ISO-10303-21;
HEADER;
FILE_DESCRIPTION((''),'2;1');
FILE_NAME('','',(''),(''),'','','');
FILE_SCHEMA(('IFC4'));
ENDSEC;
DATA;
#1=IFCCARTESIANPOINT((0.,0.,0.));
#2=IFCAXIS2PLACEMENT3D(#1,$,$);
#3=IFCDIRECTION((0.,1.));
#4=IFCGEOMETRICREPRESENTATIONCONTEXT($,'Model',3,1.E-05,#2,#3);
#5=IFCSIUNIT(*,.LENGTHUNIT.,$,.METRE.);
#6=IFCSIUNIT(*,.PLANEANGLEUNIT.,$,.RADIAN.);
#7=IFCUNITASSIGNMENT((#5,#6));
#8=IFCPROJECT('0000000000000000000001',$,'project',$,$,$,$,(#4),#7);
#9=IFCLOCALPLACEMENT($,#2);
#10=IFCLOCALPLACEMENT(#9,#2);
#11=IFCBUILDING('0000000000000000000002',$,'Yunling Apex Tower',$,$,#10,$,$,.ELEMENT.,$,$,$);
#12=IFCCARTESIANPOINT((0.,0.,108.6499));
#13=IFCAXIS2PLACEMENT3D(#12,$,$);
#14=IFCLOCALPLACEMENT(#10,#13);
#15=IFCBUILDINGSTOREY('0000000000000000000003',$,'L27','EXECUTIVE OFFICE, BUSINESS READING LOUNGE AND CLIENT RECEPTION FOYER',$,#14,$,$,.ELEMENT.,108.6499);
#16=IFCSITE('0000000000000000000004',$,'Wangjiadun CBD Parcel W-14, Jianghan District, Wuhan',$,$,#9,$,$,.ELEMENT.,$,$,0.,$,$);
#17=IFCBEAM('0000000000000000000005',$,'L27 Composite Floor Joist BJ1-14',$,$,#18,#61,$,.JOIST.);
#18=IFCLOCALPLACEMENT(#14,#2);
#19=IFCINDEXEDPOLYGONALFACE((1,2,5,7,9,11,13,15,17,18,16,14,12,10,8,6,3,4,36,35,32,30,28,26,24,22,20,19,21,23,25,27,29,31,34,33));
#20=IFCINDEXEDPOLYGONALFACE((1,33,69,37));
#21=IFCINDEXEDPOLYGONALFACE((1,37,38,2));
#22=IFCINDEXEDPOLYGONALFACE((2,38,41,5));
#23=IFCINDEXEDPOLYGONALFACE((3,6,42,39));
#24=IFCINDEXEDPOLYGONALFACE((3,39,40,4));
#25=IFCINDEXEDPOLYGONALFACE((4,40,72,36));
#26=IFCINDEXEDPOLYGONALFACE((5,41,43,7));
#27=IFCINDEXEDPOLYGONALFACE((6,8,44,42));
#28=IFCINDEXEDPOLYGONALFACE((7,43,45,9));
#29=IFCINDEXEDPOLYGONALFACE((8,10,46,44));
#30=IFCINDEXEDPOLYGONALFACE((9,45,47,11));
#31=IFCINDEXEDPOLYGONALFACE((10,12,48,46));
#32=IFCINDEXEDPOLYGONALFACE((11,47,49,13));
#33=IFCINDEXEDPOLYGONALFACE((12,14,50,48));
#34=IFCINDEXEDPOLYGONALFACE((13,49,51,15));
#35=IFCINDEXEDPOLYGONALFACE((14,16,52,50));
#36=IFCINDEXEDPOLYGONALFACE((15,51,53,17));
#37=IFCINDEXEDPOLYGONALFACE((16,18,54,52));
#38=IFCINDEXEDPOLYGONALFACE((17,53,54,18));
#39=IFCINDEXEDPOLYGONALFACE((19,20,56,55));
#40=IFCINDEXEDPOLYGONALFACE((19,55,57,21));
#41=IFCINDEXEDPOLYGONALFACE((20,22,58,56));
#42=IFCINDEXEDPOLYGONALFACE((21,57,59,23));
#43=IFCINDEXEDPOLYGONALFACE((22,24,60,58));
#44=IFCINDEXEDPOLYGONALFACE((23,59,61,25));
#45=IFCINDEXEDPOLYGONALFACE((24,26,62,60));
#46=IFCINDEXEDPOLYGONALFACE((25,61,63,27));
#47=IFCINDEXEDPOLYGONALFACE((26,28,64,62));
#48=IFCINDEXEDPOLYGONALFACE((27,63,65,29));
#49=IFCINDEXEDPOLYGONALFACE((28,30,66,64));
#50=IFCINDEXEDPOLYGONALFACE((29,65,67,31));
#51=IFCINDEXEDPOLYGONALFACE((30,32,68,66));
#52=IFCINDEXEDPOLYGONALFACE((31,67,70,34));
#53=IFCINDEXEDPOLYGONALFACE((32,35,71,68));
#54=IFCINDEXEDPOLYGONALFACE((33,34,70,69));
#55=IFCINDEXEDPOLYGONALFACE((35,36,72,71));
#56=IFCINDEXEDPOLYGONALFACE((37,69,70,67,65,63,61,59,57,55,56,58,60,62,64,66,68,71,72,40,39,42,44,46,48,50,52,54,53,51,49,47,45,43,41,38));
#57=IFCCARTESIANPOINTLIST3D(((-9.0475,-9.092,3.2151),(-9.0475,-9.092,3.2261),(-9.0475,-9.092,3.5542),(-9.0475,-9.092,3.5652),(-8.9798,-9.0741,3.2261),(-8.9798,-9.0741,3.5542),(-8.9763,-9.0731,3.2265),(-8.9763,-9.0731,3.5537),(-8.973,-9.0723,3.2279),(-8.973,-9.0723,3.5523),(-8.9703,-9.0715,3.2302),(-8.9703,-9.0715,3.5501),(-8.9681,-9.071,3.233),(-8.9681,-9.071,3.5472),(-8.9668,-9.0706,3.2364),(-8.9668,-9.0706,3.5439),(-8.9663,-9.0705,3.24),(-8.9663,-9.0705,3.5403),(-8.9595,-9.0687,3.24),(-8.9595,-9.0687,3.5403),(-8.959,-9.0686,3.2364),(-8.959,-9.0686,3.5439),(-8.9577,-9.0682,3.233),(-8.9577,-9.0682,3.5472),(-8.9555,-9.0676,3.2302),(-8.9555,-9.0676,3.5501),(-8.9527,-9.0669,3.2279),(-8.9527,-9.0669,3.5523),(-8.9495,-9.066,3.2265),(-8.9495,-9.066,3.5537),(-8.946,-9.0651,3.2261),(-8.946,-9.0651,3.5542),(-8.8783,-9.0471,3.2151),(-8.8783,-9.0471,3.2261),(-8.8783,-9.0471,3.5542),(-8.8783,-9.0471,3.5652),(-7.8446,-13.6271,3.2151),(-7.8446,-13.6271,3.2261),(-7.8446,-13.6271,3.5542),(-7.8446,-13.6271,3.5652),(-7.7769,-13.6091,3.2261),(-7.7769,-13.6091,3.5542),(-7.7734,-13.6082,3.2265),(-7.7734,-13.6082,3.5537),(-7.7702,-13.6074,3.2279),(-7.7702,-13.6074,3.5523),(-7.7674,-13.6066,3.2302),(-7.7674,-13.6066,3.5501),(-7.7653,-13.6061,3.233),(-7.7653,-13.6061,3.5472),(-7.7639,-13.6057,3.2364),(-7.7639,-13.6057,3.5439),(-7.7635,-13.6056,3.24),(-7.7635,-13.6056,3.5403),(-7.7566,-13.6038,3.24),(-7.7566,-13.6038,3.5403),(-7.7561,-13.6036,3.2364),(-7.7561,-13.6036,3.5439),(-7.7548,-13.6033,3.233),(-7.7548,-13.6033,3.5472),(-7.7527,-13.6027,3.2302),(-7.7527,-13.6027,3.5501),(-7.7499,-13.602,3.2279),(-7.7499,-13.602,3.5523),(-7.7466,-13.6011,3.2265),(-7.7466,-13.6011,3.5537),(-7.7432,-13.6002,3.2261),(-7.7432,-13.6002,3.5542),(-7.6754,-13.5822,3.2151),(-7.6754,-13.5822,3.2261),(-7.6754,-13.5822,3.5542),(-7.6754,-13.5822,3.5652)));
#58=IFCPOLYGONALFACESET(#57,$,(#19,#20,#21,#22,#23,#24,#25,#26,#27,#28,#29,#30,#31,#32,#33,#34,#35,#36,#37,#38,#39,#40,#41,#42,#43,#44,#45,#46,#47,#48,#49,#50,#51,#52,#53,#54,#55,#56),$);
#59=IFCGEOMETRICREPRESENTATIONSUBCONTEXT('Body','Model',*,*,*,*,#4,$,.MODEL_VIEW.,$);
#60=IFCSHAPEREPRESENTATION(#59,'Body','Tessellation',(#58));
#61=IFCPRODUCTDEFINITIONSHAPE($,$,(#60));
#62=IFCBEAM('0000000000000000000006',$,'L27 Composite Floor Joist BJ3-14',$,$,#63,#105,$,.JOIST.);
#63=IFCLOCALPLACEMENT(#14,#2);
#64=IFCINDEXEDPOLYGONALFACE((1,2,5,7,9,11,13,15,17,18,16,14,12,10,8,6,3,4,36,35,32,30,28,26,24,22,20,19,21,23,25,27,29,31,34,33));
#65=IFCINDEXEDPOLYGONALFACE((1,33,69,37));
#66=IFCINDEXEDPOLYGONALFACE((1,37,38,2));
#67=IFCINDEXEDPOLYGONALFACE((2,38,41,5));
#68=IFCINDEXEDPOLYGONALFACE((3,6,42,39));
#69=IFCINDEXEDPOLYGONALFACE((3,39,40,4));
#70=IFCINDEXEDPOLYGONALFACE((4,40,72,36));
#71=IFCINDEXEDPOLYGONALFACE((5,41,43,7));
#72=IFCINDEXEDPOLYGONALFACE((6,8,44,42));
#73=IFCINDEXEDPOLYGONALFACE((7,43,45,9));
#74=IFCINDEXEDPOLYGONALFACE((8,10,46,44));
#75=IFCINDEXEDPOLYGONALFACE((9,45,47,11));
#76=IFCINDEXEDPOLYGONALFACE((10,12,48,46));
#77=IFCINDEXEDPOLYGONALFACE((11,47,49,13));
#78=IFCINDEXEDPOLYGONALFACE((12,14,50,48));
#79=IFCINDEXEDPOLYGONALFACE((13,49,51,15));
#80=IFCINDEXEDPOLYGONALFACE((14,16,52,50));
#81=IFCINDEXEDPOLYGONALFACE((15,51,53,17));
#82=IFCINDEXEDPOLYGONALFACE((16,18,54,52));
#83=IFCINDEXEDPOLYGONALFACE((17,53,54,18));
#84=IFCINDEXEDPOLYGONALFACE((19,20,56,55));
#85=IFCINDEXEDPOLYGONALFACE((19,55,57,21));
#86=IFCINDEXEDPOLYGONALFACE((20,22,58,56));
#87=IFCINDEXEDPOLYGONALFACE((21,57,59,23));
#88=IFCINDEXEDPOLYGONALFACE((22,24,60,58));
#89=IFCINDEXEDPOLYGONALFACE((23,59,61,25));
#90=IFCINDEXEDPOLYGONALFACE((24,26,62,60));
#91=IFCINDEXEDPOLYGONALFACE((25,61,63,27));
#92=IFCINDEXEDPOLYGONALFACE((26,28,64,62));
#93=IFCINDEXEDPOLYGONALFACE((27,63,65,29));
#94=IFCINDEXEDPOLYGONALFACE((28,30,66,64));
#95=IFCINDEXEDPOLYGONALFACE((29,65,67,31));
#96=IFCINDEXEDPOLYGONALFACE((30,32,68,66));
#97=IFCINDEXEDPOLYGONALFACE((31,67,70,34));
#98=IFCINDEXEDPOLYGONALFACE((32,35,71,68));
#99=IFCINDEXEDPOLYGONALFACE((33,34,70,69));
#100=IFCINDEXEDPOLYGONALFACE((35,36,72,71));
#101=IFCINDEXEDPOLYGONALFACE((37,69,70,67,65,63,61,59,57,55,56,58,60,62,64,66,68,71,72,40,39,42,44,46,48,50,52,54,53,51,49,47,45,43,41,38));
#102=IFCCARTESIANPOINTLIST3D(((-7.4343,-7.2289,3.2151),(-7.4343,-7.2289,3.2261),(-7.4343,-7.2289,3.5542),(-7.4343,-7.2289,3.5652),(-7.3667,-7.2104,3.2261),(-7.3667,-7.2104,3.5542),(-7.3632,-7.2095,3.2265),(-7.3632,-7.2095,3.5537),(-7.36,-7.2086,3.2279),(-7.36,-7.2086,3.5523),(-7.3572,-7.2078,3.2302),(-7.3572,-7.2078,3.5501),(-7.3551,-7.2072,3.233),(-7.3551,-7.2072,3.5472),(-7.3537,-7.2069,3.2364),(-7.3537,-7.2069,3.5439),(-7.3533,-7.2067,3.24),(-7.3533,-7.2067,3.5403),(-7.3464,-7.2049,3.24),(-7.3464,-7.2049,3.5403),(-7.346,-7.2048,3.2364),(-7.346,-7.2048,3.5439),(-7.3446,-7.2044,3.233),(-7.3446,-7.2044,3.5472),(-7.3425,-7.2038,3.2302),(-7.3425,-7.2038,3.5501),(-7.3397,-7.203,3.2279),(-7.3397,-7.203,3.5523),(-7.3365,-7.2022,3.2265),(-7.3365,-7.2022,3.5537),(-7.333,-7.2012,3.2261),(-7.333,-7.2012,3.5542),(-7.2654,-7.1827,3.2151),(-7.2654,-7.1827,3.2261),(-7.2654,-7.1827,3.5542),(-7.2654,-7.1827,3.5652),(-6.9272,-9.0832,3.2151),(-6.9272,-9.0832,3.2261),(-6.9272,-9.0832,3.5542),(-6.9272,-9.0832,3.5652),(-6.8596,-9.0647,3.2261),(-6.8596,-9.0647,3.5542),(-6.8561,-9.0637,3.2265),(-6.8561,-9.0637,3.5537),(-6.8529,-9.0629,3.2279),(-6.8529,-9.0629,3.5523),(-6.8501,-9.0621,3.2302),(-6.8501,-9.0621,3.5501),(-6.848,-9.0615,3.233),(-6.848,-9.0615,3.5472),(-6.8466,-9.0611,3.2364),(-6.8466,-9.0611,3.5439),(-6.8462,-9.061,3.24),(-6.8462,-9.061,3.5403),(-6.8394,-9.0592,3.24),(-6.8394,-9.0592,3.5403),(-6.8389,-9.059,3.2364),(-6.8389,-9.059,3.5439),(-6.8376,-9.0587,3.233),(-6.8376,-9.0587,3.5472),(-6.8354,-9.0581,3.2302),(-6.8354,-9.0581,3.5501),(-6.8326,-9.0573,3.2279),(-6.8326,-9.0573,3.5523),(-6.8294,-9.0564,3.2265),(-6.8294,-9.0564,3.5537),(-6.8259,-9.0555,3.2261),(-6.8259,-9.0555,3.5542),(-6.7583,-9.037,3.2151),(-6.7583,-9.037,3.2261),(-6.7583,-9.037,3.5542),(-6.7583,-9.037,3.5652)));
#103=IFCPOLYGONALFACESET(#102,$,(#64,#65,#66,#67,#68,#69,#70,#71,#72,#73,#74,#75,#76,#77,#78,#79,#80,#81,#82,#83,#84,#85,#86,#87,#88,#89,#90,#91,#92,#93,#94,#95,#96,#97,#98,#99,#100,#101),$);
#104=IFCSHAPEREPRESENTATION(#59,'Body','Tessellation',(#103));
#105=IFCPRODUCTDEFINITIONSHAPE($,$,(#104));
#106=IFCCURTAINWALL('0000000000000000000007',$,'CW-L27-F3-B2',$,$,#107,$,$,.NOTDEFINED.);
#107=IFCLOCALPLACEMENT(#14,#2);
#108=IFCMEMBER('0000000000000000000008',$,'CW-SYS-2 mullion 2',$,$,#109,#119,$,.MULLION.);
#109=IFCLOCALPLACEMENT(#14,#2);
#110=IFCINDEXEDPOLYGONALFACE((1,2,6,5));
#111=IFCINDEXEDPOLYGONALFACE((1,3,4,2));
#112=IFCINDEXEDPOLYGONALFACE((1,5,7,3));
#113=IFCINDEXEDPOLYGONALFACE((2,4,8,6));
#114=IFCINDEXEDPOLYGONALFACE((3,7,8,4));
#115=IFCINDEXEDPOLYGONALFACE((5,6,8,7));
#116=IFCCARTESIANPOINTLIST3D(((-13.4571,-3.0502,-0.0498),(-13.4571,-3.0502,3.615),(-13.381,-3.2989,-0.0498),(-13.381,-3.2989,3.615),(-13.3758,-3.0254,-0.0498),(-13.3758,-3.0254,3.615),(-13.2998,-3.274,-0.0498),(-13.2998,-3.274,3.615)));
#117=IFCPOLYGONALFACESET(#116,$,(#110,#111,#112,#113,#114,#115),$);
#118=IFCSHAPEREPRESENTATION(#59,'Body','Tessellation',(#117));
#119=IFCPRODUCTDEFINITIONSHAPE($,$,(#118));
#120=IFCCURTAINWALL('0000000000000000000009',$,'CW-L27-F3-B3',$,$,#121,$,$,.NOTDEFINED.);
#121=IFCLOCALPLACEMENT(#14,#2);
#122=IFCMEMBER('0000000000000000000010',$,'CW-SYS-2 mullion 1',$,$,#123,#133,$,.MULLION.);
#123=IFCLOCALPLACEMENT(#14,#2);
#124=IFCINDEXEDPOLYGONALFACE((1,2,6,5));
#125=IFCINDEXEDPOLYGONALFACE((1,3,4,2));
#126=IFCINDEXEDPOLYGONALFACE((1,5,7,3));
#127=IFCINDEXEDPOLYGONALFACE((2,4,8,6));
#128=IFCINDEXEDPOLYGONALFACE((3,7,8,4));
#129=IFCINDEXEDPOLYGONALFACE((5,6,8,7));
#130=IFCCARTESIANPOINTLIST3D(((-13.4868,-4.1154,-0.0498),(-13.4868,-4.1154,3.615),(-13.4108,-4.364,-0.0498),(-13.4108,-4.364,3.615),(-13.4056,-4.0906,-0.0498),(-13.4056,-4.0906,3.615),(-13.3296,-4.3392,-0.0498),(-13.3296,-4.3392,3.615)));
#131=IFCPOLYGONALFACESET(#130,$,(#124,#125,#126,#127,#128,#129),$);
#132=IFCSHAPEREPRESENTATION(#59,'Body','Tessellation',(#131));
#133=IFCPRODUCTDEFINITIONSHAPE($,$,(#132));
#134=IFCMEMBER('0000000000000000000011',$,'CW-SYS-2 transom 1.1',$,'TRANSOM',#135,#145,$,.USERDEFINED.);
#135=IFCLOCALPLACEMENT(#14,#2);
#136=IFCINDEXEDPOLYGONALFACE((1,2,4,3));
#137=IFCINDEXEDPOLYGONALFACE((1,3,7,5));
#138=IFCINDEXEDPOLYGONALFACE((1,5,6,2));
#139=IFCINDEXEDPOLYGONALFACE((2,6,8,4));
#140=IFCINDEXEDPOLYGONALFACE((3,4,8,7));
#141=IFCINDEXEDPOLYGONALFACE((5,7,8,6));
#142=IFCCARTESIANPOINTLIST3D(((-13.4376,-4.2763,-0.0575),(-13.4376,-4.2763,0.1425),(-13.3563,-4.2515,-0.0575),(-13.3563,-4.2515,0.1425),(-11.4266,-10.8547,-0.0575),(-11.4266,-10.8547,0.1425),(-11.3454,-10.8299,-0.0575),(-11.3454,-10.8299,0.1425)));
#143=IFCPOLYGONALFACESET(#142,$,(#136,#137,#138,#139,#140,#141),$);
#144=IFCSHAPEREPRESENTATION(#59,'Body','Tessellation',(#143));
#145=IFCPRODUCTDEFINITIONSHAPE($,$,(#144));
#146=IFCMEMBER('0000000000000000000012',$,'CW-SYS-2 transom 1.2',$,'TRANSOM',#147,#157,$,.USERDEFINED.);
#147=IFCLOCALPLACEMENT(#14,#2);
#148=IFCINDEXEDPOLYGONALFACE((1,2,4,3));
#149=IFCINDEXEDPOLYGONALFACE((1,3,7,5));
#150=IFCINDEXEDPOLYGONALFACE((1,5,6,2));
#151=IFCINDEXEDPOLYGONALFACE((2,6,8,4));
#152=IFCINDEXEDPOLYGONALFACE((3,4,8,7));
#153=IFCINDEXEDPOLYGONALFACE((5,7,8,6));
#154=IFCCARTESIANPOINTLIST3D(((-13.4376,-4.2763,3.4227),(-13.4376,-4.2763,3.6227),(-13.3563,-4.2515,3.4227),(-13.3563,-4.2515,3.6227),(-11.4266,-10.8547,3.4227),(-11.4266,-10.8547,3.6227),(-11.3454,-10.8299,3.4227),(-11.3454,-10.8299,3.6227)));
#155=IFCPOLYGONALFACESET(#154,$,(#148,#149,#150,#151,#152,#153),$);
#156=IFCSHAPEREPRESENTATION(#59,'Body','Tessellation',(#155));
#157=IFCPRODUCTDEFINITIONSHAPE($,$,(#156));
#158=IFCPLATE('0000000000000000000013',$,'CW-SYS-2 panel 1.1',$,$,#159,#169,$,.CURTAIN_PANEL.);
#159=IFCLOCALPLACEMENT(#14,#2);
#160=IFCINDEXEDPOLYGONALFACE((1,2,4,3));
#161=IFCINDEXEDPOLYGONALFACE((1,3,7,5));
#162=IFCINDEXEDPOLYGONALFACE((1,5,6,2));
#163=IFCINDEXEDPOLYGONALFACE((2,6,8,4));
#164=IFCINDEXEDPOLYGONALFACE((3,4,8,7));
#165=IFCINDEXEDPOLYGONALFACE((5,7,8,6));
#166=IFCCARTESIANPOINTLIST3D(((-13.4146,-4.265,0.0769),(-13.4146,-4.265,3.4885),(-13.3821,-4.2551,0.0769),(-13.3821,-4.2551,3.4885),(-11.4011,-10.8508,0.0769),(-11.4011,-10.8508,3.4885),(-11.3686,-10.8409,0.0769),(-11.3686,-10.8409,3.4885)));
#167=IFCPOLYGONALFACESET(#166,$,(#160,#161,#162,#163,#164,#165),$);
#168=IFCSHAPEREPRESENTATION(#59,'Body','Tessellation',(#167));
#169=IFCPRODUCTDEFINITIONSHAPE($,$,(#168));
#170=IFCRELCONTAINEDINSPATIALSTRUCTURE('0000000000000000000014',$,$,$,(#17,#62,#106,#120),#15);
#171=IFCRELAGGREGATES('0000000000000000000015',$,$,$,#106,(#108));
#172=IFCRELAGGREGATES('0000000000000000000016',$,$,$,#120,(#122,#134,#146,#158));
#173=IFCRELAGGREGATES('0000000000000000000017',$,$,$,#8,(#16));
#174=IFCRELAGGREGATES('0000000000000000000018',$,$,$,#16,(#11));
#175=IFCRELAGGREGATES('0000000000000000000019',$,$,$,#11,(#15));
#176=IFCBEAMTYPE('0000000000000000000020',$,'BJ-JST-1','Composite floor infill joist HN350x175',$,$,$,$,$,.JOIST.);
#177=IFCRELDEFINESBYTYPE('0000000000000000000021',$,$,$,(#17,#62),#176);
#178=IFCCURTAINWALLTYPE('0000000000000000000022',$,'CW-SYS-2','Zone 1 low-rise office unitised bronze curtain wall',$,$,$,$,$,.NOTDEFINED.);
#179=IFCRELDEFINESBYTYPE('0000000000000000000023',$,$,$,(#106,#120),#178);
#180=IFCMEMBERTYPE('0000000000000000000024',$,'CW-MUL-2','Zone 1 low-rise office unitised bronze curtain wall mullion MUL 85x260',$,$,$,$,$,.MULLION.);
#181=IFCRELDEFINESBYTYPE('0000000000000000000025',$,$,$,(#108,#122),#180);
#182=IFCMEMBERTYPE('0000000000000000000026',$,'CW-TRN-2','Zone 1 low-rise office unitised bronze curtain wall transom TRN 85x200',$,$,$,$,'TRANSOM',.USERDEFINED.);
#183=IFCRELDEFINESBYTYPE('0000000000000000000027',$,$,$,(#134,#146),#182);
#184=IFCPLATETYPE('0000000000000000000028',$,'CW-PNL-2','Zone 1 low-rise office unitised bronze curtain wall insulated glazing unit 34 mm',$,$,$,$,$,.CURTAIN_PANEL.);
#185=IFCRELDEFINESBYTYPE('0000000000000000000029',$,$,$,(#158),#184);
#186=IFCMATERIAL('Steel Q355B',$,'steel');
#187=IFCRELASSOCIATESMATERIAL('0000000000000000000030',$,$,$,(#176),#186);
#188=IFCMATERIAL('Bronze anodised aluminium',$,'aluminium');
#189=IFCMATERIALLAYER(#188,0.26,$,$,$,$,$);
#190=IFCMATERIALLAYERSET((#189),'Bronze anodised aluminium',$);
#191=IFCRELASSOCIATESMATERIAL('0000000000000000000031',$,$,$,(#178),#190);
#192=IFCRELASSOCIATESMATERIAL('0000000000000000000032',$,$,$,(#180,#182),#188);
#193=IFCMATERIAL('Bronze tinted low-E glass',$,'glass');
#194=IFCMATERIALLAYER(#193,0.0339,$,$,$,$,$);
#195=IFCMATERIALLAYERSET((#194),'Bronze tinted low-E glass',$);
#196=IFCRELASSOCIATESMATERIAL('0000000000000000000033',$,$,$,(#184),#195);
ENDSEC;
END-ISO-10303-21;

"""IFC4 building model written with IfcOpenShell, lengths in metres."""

from ifc_helpers import new_model, si_unit, direction, frame, origin, origin_2d, place, context, subcontext, project, spatial, rectangle, i_section, extrude, source, transform, mapped, material, layer, layer_set, material_profile, profile_set, type_object, element, aggregate, save


model = new_model("IFC4")

# Units and contexts
model_context = context("Model", 3, precision=1e-05, world=origin(), true_north=direction((0.0, 1.0)))
body_context = subcontext(model_context, "Body", "Model", "MODEL_VIEW")
ifc_project = project(units=[si_unit("LENGTHUNIT", "METRE"), si_unit("PLANEANGLEUNIT", "RADIAN")], contexts=[model_context])

# Site, building, storey
site_placement = place(None, origin())
site = spatial("IfcSite", under=ifc_project, at=site_placement, Name="Wangjiadun CBD Parcel W-14, Jianghan District, Wuhan", CompositionType="ELEMENT", RefElevation=0.0)
building_placement = place(site_placement, origin())
building = spatial("IfcBuilding", under=site, at=building_placement, Name="Yunling Apex Tower", CompositionType="ELEMENT")
storey_placement = place(building_placement, frame((0.0, 0.0, 108.6499)))
storey = spatial("IfcBuildingStorey", under=building, at=storey_placement, Name="L27", Description="EXECUTIVE OFFICE, BUSINESS READING LOUNGE AND CLIENT RECEPTION FOYER", CompositionType="ELEMENT", Elevation=108.6499)

# Beams
ifc_material_1 = material(Name="Steel Q355B", Category="steel")
ifc_material_profile_1 = material_profile(ifc_material_1, i_section(OverallWidth=0.175, OverallDepth=0.3501, WebThickness=0.0071, FlangeThickness=0.011, FilletRadius=0.0139, at=origin_2d()))
ifc_profile_set_1 = profile_set([ifc_material_profile_1], Name="Steel Q355B")
beam_type_1 = type_object("IfcBeamType", Name="BJ-JST-1", Description="Composite floor infill joist HN350x175", PredefinedType="JOIST", material=ifc_profile_set_1)
shared_shape_1 = source(origin(), body_context, "Body", "SweptSolid", [
    extrude(i_section(OverallWidth=0.175, OverallDepth=0.3501, WebThickness=0.0071, FlangeThickness=0.011, FilletRadius=0.0139, at=origin_2d()), origin(), (0.0, 0.0, 1.0), 4.6919),
])
beam_1_placement = place(storey_placement, frame((-8.9629, -9.0696, 3.3901), z_axis=(0.25637, -0.966579, 0.0), x_axis=(0.966579, 0.25637, 0.0)))
element("IfcBeam", 1, at=beam_1_placement, inside=storey, type_object=beam_type_1, Name="L27 Composite Floor Joist BJ1-14", PredefinedType="JOIST", context=body_context, shape_type="MappedRepresentation", body=[
    mapped(shared_shape_1, transform((0.0, 0.0, 0.0), scale=1.0)),
])
shared_shape_2 = source(origin(), body_context, "Body", "SweptSolid", [
    extrude(i_section(OverallWidth=0.175, OverallDepth=0.3501, WebThickness=0.0071, FlangeThickness=0.011, FilletRadius=0.0139, at=origin_2d()), origin(), (0.0, 0.0, 1.0), 1.9224),
])
beam_2_placement = place(storey_placement, frame((-7.3499, -7.2058, 3.3901), z_axis=(0.263784, -0.964582, 0.0), x_axis=(0.964582, 0.263784, 0.0)))
element("IfcBeam", 2, at=beam_2_placement, inside=storey, type_object=beam_type_1, Name="L27 Composite Floor Joist BJ3-14", PredefinedType="JOIST", context=body_context, shape_type="MappedRepresentation", body=[
    mapped(shared_shape_2, transform((0.0, 0.0, 0.0), scale=1.0)),
])

# Curtain wall, member
ifc_material_2 = material(Name="Bronze anodised aluminium", Category="aluminium")
ifc_layer_1 = layer(ifc_material_2, 0.26)
ifc_layer_set_1 = layer_set([ifc_layer_1], Name="Bronze anodised aluminium")
curtain_wall_type = type_object("IfcCurtainWallType", Name="CW-SYS-2", Description="Zone 1 low-rise office unitised bronze curtain wall", PredefinedType="NOTDEFINED", material=ifc_layer_set_1)
curtain_wall_1_placement = place(storey_placement, origin())
curtain_wall_1 = element("IfcCurtainWall", 3, at=curtain_wall_1_placement, inside=storey, type_object=curtain_wall_type, Name="CW-L27-F3-B2", PredefinedType="NOTDEFINED")
ifc_material_profile_2 = material_profile(ifc_material_2, rectangle(XDim=0.085, YDim=0.26, at=origin_2d()))
ifc_profile_set_2 = profile_set([ifc_material_profile_2], Name="Bronze anodised aluminium")
member_type_1 = type_object("IfcMemberType", Name="CW-MUL-2", Description="Zone 1 low-rise office unitised bronze curtain wall mullion MUL 85x260", PredefinedType="MULLION", material=ifc_profile_set_2)
shared_shape_3 = source(origin(), body_context, "Body", "SweptSolid", [
    extrude(rectangle(XDim=0.085, YDim=0.26, at=origin_2d()), origin(), (0.0, 0.0, 1.0), 3.6648),
])
member_1_placement = place(storey_placement, frame((-13.3784, -3.1621, -0.0498), z_axis=(0.0, 0.0, 1.0), x_axis=(0.956307, 0.292364, 0.0)))
member_1 = element("IfcMember", 4, at=member_1_placement, type_object=member_type_1, Name="CW-SYS-2 mullion 2", PredefinedType="MULLION", context=body_context, shape_type="MappedRepresentation", body=[
    mapped(shared_shape_3, transform((0.0, 0.0, 0.0), scale=1.0)),
])
aggregate(curtain_wall_1, [member_1])

# Curtain wall, members, plate
curtain_wall_2_placement = place(storey_placement, origin())
curtain_wall_2 = element("IfcCurtainWall", 5, at=curtain_wall_2_placement, inside=storey, type_object=curtain_wall_type, Name="CW-L27-F3-B3", PredefinedType="NOTDEFINED")
member_2_placement = place(storey_placement, frame((-13.4082, -4.2273, -0.0498), z_axis=(0.0, 0.0, 1.0), x_axis=(0.956304, 0.292373, 0.0)))
member_2 = element("IfcMember", 6, at=member_2_placement, type_object=member_type_1, Name="CW-SYS-2 mullion 1", PredefinedType="MULLION", context=body_context, shape_type="MappedRepresentation", body=[
    mapped(shared_shape_3, transform((0.0, 0.0, 0.0), scale=1.0)),
])
ifc_material_profile_3 = material_profile(ifc_material_2, rectangle(XDim=0.085, YDim=0.2, at=origin_2d()))
ifc_profile_set_3 = profile_set([ifc_material_profile_3], Name="Bronze anodised aluminium")
member_type_2 = type_object("IfcMemberType", Name="CW-TRN-2", Description="Zone 1 low-rise office unitised bronze curtain wall transom TRN 85x200", ElementType="TRANSOM", PredefinedType="USERDEFINED", material=ifc_profile_set_3)
shared_shape_4 = source(origin(), body_context, "Body", "SweptSolid", [
    extrude(rectangle(XDim=0.085, YDim=0.2, at=origin_2d()), origin(), (0.0, 0.0, 1.0), 6.8789),
])
member_3_placement = place(storey_placement, frame((-13.397, -4.2639, 0.0425), z_axis=(0.292342, -0.956314, 0.0), x_axis=(0.956314, 0.292342, 0.0)))
member_3 = element("IfcMember", 7, at=member_3_placement, type_object=member_type_2, Name="CW-SYS-2 transom 1.1", ObjectType="TRANSOM", PredefinedType="USERDEFINED", context=body_context, shape_type="MappedRepresentation", body=[
    mapped(shared_shape_4, transform((0.0, 0.0, 0.0), scale=1.0)),
])
member_4_placement = place(storey_placement, frame((-13.397, -4.2639, 3.5227), z_axis=(0.292342, -0.956314, 0.0), x_axis=(0.956314, 0.292342, 0.0)))
member_4 = element("IfcMember", 8, at=member_4_placement, type_object=member_type_2, Name="CW-SYS-2 transom 1.2", ObjectType="TRANSOM", PredefinedType="USERDEFINED", context=body_context, shape_type="MappedRepresentation", body=[
    mapped(shared_shape_4, transform((0.0, 0.0, 0.0), scale=1.0)),
])
ifc_material_3 = material(Name="Bronze tinted low-E glass", Category="glass")
ifc_layer_2 = layer(ifc_material_3, 0.0339)
ifc_layer_set_2 = layer_set([ifc_layer_2], Name="Bronze tinted low-E glass")
plate_type = type_object("IfcPlateType", Name="CW-PNL-2", Description="Zone 1 low-rise office unitised bronze curtain wall insulated glazing unit 34 mm", PredefinedType="CURTAIN_PANEL", material=ifc_layer_set_2)
shared_shape_5 = source(origin(), body_context, "Body", "SweptSolid", [
    extrude(rectangle(XDim=6.8867, YDim=0.0339, at=origin_2d()), origin(), (0.0, 0.0, 1.0), 3.4116),
])
plate_placement = place(storey_placement, frame((-12.3916, -7.553, 0.0769), z_axis=(0.0, 0.0, 1.0), x_axis=(0.292373, -0.956304, 0.0)))
plate = element("IfcPlate", 9, at=plate_placement, type_object=plate_type, Name="CW-SYS-2 panel 1.1", PredefinedType="CURTAIN_PANEL", context=body_context, shape_type="MappedRepresentation", body=[
    mapped(shared_shape_5, transform((0.0, 0.0, 0.0), scale=1.0)),
])
aggregate(curtain_wall_2, [member_2, member_3, member_4, plate])

save(model, "model.ifc")
